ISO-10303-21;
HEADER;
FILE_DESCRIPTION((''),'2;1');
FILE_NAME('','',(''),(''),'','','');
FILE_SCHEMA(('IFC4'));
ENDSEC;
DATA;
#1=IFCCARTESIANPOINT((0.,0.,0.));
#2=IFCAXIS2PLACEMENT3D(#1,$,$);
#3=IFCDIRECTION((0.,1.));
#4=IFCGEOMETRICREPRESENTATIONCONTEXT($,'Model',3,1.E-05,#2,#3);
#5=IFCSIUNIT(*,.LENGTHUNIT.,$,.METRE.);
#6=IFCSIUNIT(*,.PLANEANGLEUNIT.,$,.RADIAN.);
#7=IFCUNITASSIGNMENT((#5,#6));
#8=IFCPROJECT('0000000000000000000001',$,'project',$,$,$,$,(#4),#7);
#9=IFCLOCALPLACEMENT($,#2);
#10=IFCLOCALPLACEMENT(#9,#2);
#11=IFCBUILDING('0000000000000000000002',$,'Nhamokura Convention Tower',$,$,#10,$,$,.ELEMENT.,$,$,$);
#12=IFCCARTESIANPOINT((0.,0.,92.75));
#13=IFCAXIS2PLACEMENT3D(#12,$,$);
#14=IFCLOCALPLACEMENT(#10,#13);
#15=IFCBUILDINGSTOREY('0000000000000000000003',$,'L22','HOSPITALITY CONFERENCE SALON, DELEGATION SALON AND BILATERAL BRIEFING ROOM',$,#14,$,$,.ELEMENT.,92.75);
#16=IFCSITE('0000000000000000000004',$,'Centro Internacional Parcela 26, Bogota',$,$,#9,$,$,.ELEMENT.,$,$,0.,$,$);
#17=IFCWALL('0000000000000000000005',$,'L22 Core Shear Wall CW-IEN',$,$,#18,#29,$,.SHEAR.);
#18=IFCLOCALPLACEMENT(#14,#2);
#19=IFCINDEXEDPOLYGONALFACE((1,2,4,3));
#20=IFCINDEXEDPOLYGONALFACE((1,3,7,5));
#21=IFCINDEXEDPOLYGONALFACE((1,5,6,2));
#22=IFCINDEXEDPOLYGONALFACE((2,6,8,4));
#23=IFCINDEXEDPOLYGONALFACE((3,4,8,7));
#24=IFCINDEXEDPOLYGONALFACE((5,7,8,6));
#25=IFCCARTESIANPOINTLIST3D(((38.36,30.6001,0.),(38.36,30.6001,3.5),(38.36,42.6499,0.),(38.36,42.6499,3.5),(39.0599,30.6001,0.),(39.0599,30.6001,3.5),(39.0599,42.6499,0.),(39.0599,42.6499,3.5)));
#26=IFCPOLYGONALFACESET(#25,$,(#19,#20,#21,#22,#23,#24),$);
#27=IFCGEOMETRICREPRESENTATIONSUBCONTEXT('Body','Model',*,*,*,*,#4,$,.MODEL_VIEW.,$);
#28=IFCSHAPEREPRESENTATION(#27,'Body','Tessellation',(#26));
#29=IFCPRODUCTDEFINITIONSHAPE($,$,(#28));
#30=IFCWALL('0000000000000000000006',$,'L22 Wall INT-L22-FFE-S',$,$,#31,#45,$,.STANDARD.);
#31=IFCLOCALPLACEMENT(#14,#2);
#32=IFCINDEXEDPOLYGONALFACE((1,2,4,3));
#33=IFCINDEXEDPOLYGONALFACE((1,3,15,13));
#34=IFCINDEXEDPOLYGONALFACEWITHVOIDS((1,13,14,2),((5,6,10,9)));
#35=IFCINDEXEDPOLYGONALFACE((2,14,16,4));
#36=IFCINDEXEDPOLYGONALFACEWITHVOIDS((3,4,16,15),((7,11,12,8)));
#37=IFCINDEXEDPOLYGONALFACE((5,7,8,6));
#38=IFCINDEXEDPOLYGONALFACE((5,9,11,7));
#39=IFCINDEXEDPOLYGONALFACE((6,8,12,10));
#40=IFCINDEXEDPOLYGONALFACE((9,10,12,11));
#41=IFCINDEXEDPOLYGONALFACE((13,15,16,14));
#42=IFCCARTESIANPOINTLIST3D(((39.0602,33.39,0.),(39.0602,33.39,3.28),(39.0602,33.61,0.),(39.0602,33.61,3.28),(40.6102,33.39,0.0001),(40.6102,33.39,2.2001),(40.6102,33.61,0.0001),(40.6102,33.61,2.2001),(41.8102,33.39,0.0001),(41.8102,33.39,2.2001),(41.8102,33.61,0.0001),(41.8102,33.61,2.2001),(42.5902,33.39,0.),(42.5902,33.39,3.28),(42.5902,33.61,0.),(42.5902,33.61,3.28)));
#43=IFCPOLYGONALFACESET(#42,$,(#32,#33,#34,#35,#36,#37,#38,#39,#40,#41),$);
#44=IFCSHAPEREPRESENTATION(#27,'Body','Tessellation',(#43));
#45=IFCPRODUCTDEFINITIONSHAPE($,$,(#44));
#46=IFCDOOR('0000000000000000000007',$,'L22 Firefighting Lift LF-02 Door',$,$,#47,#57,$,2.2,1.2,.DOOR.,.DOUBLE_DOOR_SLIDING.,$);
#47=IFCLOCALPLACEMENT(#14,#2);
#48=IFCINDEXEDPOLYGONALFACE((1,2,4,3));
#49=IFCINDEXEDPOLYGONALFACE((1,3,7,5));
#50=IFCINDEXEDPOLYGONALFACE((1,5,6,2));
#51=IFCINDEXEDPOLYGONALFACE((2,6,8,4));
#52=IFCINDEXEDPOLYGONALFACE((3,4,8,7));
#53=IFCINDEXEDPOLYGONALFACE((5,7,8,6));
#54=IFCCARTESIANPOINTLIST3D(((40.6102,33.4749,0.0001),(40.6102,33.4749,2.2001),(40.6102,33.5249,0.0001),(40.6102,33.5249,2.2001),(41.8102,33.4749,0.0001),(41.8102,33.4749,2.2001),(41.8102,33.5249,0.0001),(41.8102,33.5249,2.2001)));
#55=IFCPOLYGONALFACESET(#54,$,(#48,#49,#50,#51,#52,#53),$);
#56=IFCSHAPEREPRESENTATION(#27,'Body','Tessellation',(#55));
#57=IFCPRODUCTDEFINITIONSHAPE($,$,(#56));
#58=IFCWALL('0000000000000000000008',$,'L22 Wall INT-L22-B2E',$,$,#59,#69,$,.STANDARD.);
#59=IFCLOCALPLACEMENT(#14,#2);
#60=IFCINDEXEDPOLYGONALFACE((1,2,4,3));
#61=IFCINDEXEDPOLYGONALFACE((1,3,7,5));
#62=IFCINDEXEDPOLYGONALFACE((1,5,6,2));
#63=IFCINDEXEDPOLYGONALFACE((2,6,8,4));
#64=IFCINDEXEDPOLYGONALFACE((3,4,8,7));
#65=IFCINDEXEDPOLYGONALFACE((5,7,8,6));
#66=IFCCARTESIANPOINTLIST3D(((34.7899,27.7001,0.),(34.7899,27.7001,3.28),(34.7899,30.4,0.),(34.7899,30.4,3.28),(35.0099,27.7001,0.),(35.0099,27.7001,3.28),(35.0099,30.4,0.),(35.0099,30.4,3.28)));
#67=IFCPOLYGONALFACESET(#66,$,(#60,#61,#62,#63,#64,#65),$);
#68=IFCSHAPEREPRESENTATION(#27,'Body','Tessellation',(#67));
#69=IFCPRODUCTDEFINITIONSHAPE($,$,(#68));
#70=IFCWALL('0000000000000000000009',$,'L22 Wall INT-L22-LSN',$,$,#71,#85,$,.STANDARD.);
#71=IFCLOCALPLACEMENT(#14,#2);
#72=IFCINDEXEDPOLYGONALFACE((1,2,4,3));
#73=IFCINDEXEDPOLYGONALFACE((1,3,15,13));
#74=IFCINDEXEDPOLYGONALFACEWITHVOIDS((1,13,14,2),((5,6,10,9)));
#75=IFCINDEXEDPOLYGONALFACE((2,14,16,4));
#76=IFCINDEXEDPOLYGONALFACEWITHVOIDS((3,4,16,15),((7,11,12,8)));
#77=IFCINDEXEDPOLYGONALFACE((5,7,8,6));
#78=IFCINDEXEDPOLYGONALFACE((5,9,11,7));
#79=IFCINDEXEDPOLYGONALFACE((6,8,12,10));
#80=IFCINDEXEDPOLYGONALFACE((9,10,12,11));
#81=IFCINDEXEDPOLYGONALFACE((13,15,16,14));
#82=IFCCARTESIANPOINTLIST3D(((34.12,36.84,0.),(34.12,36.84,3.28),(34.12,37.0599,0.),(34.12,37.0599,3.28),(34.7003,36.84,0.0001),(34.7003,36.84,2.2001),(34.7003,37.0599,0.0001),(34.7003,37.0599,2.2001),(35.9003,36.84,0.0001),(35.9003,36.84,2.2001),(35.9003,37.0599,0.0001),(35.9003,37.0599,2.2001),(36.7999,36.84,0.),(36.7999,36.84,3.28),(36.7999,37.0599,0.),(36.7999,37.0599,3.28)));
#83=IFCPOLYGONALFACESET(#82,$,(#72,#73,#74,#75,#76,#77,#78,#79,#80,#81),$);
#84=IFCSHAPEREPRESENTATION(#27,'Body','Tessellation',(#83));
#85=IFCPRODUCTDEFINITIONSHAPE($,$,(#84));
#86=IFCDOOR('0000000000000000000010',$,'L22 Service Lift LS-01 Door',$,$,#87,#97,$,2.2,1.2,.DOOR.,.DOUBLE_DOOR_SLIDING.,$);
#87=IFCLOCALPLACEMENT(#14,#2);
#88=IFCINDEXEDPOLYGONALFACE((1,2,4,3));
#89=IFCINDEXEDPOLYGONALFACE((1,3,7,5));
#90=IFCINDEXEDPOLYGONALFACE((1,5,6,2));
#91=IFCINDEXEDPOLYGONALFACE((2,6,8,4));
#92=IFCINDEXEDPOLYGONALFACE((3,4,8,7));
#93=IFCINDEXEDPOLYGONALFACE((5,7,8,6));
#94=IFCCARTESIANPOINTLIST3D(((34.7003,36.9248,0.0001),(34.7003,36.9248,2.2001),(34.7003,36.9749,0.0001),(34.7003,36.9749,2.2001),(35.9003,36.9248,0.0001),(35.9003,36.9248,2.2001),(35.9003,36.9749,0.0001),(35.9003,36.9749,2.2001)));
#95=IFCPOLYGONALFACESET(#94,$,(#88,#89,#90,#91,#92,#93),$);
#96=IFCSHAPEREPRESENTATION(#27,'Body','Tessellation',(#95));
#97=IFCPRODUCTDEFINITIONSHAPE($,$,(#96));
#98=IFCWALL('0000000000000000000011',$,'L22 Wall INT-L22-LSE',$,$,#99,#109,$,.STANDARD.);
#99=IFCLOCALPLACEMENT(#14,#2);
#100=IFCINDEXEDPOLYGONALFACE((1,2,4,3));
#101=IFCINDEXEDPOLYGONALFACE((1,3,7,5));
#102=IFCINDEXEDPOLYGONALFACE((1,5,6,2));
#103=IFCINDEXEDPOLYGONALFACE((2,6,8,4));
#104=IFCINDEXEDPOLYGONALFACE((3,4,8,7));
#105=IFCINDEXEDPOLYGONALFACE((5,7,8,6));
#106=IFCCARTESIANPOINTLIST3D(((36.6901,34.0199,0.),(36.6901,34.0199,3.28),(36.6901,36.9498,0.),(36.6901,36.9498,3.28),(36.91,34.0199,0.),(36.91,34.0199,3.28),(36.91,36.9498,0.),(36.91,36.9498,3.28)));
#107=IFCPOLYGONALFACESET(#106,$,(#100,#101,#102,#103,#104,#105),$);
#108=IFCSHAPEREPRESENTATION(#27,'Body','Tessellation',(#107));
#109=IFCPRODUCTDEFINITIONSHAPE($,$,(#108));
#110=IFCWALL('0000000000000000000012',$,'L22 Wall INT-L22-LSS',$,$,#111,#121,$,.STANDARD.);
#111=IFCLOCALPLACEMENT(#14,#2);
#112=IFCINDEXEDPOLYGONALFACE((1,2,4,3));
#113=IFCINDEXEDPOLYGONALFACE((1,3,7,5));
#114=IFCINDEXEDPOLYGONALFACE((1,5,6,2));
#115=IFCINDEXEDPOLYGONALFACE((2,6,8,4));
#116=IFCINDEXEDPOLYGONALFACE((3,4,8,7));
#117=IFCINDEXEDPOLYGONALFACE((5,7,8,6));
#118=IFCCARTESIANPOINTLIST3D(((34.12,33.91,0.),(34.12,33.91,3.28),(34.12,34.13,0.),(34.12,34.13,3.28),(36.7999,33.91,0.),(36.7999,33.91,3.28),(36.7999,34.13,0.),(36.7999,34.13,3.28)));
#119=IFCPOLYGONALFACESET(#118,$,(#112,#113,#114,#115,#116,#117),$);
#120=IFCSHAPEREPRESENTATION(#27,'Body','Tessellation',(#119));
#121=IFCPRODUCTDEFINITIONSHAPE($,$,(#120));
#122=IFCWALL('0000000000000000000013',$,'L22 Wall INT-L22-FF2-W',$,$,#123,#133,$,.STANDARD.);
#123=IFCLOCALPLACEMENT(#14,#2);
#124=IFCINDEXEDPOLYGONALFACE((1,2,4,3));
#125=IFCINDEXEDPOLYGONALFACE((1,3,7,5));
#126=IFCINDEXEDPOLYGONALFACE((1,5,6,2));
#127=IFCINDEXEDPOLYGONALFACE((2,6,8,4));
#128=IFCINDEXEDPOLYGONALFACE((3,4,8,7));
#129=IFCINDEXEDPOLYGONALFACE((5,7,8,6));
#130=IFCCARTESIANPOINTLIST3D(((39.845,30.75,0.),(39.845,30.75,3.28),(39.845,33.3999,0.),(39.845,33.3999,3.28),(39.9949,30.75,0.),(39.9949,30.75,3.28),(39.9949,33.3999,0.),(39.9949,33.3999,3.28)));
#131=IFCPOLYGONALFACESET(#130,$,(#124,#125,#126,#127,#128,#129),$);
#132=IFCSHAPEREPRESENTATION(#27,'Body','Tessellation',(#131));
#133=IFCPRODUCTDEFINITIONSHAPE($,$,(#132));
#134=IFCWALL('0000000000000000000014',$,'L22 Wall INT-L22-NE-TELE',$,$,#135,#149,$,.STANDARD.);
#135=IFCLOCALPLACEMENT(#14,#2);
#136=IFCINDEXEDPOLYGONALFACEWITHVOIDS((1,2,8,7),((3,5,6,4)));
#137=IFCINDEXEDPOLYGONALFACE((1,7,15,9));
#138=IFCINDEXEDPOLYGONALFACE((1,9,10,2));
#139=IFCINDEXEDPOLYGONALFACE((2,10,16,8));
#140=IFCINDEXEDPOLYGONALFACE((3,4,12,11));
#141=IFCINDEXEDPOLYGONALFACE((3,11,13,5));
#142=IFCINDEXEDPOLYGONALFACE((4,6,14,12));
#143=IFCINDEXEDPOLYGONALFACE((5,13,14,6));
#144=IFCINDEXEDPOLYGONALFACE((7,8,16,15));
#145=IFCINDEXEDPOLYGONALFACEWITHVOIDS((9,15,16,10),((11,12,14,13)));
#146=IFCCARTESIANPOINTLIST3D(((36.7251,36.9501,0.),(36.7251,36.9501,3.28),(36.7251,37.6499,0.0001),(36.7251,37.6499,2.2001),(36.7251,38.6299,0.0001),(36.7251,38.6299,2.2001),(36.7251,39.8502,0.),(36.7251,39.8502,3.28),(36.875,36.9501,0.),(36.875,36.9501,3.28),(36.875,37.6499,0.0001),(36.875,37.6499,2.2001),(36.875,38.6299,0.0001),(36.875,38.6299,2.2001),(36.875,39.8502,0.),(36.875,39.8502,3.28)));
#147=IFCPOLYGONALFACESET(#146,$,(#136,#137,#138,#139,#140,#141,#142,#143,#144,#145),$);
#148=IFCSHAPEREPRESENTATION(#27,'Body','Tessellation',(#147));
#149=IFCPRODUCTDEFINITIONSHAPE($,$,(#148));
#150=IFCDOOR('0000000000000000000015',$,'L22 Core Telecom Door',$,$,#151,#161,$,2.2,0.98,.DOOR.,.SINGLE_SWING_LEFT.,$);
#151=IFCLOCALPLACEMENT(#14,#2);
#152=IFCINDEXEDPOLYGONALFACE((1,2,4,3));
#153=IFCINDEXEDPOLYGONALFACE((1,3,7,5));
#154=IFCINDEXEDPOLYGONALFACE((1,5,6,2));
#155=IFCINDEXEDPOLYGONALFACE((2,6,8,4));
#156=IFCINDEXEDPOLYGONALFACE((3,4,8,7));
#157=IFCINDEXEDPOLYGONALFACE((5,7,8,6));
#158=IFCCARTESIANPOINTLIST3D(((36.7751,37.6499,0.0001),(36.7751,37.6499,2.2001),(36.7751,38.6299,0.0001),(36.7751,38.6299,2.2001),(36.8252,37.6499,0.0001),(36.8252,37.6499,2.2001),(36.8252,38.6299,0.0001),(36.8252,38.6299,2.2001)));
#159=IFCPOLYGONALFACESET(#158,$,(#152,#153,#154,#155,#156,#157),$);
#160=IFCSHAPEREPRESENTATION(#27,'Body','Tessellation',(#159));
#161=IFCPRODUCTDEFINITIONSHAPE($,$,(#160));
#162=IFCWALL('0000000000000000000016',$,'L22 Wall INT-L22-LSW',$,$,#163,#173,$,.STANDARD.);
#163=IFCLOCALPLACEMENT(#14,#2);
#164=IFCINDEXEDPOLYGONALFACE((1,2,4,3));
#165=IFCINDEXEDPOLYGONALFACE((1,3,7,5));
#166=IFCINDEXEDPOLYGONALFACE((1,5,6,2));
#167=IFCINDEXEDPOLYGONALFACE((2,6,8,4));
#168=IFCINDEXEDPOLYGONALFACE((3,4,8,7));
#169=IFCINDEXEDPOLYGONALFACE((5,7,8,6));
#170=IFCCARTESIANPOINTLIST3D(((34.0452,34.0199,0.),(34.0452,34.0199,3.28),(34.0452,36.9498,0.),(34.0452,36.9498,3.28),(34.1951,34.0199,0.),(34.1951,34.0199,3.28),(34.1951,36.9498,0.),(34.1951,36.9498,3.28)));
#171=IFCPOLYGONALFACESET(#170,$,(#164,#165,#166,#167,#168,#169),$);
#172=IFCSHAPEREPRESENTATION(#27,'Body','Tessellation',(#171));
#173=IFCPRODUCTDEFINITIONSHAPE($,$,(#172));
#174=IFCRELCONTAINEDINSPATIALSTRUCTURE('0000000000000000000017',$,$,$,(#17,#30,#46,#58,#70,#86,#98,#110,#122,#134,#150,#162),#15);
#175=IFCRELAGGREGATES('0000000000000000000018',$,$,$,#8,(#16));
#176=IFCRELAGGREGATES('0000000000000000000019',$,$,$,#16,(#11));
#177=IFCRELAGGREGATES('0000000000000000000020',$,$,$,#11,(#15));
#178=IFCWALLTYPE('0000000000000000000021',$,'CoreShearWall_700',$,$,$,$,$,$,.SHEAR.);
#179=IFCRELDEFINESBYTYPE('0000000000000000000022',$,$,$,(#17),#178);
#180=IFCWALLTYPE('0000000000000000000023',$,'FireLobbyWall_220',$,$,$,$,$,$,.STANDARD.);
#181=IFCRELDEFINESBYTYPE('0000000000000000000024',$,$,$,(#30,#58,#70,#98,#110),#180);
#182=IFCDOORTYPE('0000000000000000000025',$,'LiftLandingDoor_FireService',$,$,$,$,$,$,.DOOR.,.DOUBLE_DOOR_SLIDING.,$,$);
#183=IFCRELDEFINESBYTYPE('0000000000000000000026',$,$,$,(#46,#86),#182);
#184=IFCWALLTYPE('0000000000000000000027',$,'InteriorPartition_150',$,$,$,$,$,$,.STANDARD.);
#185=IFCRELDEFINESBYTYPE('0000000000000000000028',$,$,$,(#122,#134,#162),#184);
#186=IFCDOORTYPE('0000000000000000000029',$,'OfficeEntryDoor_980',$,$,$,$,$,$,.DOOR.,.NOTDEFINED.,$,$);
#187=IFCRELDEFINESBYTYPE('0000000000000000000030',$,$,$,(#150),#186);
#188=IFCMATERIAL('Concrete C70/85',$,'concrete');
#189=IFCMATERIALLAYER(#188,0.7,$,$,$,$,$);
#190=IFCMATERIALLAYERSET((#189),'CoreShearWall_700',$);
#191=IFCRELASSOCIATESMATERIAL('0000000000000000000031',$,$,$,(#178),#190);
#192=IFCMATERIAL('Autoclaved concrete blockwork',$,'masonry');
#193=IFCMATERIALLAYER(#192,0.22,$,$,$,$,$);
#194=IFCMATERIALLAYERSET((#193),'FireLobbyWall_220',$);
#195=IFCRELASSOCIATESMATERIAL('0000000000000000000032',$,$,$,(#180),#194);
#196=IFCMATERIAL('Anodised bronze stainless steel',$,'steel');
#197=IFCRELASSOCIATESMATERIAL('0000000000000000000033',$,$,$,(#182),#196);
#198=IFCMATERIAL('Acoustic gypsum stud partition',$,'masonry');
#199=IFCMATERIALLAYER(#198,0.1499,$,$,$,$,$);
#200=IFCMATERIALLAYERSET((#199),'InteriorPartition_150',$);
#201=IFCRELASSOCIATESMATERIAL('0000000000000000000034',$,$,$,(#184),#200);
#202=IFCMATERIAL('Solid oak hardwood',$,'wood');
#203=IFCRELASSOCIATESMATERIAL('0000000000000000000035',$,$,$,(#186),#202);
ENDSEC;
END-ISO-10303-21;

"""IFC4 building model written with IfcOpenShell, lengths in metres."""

from ifc_helpers import new_model, si_unit, direction, frame, frame_2d, origin, place, context, subcontext, project, spatial, rectangle, extrude, material, layer, layer_set, type_object, element, fill, save


model = new_model("IFC4")

# Units and contexts
model_context = context("Model", 3, precision=1e-05, world=origin(), true_north=direction((0.0, 1.0)))
body_context = subcontext(model_context, "Body", "Model", "MODEL_VIEW")
ifc_project = project(units=[si_unit("LENGTHUNIT", "METRE"), si_unit("PLANEANGLEUNIT", "RADIAN")], contexts=[model_context])

# Site, building, storey
site_placement = place(None, origin())
site = spatial("IfcSite", under=ifc_project, at=site_placement, Name="Centro Internacional Parcela 26, Bogota", CompositionType="ELEMENT", RefElevation=0.0)
building_placement = place(site_placement, origin())
building = spatial("IfcBuilding", under=site, at=building_placement, Name="Nhamokura Convention Tower", CompositionType="ELEMENT")
storey_placement = place(building_placement, frame((0.0, 0.0, 92.75)))
storey = spatial("IfcBuildingStorey", under=building, at=storey_placement, Name="L22", Description="HOSPITALITY CONFERENCE SALON, DELEGATION SALON AND BILATERAL BRIEFING ROOM", CompositionType="ELEMENT", Elevation=92.75)

# Wall
ifc_material_1 = material(Name="Concrete C70/85", Category="concrete")
ifc_layer_1 = layer(ifc_material_1, 0.7)
ifc_layer_set_1 = layer_set([ifc_layer_1], Name="CoreShearWall_700")
wall_type_1 = type_object("IfcWallType", Name="CoreShearWall_700", PredefinedType="SHEAR", material=ifc_layer_set_1)
wall_1_placement = place(storey_placement, frame((38.71, 30.6001, 0.0), z_axis=(0.0, 0.0, 1.0), x_axis=(0.0, 1.0, 0.0)))
element("IfcWall", 1, at=wall_1_placement, inside=storey, type_object=wall_type_1, Name="L22 Core Shear Wall CW-IEN", PredefinedType="SHEAR", context=body_context, shape_type="SweptSolid", body=[
    extrude(rectangle(XDim=12.0498, YDim=0.7, at=frame_2d((6.0249, 0.0))), origin(), (0.0, 0.0, 1.0), 3.5),
])

# Wall, opening, door
ifc_material_2 = material(Name="Autoclaved concrete blockwork", Category="masonry")
ifc_layer_2 = layer(ifc_material_2, 0.22)
ifc_layer_set_2 = layer_set([ifc_layer_2], Name="FireLobbyWall_220")
wall_type_2 = type_object("IfcWallType", Name="FireLobbyWall_220", PredefinedType="STANDARD", material=ifc_layer_set_2)
wall_2_placement = place(storey_placement, frame((39.0601, 33.5, 0.0), z_axis=(0.0, 0.0, 1.0), x_axis=(1.0, 0.0, 0.0)))
wall_2 = element("IfcWall", 2, at=wall_2_placement, inside=storey, type_object=wall_type_2, Name="L22 Wall INT-L22-FFE-S", PredefinedType="STANDARD", context=body_context, shape_type="SweptSolid", body=[
    extrude(rectangle(XDim=3.53, YDim=0.22, at=frame_2d((1.7651, 0.0))), origin(), (0.0, 0.0, 1.0), 3.28),
])
opening_1_placement = place(wall_2_placement, frame((1.55, 0.0, 0.0)))
opening_1 = element("IfcOpeningElement", 3, at=opening_1_placement, cuts=wall_2, PredefinedType="OPENING", context=body_context, shape_type="SweptSolid", body=[
    extrude(rectangle(XDim=1.2, YDim=2.2, at=frame_2d((0.6001, 1.1001))), frame((0.0, 0.1199, 0.0), z_axis=(0.0, -1.0, 0.0), x_axis=(1.0, 0.0, 0.0)), (0.0, 0.0, 1.0), 0.24),
])
ifc_material_3 = material(Name="Anodised bronze stainless steel", Category="steel")
door_type_1 = type_object("IfcDoorType", Name="LiftLandingDoor_FireService", OperationType="DOUBLE_DOOR_SLIDING", PredefinedType="DOOR", material=ifc_material_3)
door_1_placement = place(opening_1_placement, origin())
door_1 = element("IfcDoor", 4, at=door_1_placement, inside=storey, type_object=door_type_1, Name="L22 Firefighting Lift LF-02 Door", OperationType="DOUBLE_DOOR_SLIDING", OverallHeight=2.2, OverallWidth=1.2, PredefinedType="DOOR", context=body_context, shape_type="SweptSolid", body=[
    extrude(rectangle(XDim=1.2, YDim=2.2, at=frame_2d((0.6001, 1.1001))), frame((0.0, 0.0249, 0.0), z_axis=(0.0, -1.0, 0.0), x_axis=(1.0, 0.0, 0.0)), (0.0, 0.0, 1.0), 0.05),
])
fill(opening_1, door_1)

# Wall
wall_3_placement = place(storey_placement, frame((34.8999, 27.7, 0.0), z_axis=(0.0, 0.0, 1.0), x_axis=(0.0, 1.0, 0.0)))
element("IfcWall", 5, at=wall_3_placement, inside=storey, type_object=wall_type_2, Name="L22 Wall INT-L22-B2E", PredefinedType="STANDARD", context=body_context, shape_type="SweptSolid", body=[
    extrude(rectangle(XDim=2.7, YDim=0.22, at=frame_2d((1.3501, 0.0))), origin(), (0.0, 0.0, 1.0), 3.28),
])

# Wall, opening, door
wall_4_placement = place(storey_placement, frame((34.1201, 36.95, 0.0), z_axis=(0.0, 0.0, 1.0), x_axis=(1.0, 0.0, 0.0)))
wall_4 = element("IfcWall", 6, at=wall_4_placement, inside=storey, type_object=wall_type_2, Name="L22 Wall INT-L22-LSN", PredefinedType="STANDARD", context=body_context, shape_type="SweptSolid", body=[
    extrude(rectangle(XDim=2.6799, YDim=0.22, at=frame_2d((1.3398, 0.0))), origin(), (0.0, 0.0, 1.0), 3.28),
])
opening_2_placement = place(wall_4_placement, frame((0.5801, 0.0, 0.0)))
opening_2 = element("IfcOpeningElement", 7, at=opening_2_placement, cuts=wall_4, PredefinedType="OPENING", context=body_context, shape_type="SweptSolid", body=[
    extrude(rectangle(XDim=1.2, YDim=2.2, at=frame_2d((0.6001, 1.1001))), frame((0.0, 0.1199, 0.0), z_axis=(0.0, -1.0, 0.0), x_axis=(1.0, 0.0, 0.0)), (0.0, 0.0, 1.0), 0.24),
])
door_2_placement = place(opening_2_placement, origin())
door_2 = element("IfcDoor", 8, at=door_2_placement, inside=storey, type_object=door_type_1, Name="L22 Service Lift LS-01 Door", OperationType="DOUBLE_DOOR_SLIDING", OverallHeight=2.2, OverallWidth=1.2, PredefinedType="DOOR", context=body_context, shape_type="SweptSolid", body=[
    extrude(rectangle(XDim=1.2, YDim=2.2, at=frame_2d((0.6001, 1.1001))), frame((0.0, 0.0249, 0.0), z_axis=(0.0, -1.0, 0.0), x_axis=(1.0, 0.0, 0.0)), (0.0, 0.0, 1.0), 0.05),
])
fill(opening_2, door_2)

# Walls
wall_5_placement = place(storey_placement, frame((36.8, 34.02, 0.0), z_axis=(0.0, 0.0, 1.0), x_axis=(0.0, 1.0, 0.0)))
element("IfcWall", 9, at=wall_5_placement, inside=storey, type_object=wall_type_2, Name="L22 Wall INT-L22-LSE", PredefinedType="STANDARD", context=body_context, shape_type="SweptSolid", body=[
    extrude(rectangle(XDim=2.9299, YDim=0.22, at=frame_2d((1.4648, 0.0))), origin(), (0.0, 0.0, 1.0), 3.28),
])
wall_6_placement = place(storey_placement, frame((34.1201, 34.02, 0.0), z_axis=(0.0, 0.0, 1.0), x_axis=(1.0, 0.0, 0.0)))
element("IfcWall", 10, at=wall_6_placement, inside=storey, type_object=wall_type_2, Name="L22 Wall INT-L22-LSS", PredefinedType="STANDARD", context=body_context, shape_type="SweptSolid", body=[
    extrude(rectangle(XDim=2.6799, YDim=0.22, at=frame_2d((1.3398, 0.0))), origin(), (0.0, 0.0, 1.0), 3.28),
])
ifc_material_4 = material(Name="Acoustic gypsum stud partition", Category="masonry")
ifc_layer_3 = layer(ifc_material_4, 0.1499)
ifc_layer_set_3 = layer_set([ifc_layer_3], Name="InteriorPartition_150")
wall_type_3 = type_object("IfcWallType", Name="InteriorPartition_150", PredefinedType="STANDARD", material=ifc_layer_set_3)
wall_7_placement = place(storey_placement, frame((39.9199, 30.75, 0.0), z_axis=(0.0, 0.0, 1.0), x_axis=(0.0, 1.0, 0.0)))
element("IfcWall", 11, at=wall_7_placement, inside=storey, type_object=wall_type_3, Name="L22 Wall INT-L22-FF2-W", PredefinedType="STANDARD", context=body_context, shape_type="SweptSolid", body=[
    extrude(rectangle(XDim=2.6499, YDim=0.1499, at=frame_2d((1.325, 0.0))), origin(), (0.0, 0.0, 1.0), 3.28),
])

# Wall, opening, door
wall_8_placement = place(storey_placement, frame((36.8, 36.95, 0.0), z_axis=(0.0, 0.0, 1.0), x_axis=(0.0, 1.0, 0.0)))
wall_8 = element("IfcWall", 12, at=wall_8_placement, inside=storey, type_object=wall_type_3, Name="L22 Wall INT-L22-NE-TELE", PredefinedType="STANDARD", context=body_context, shape_type="SweptSolid", body=[
    extrude(rectangle(XDim=2.9001, YDim=0.1499, at=frame_2d((1.4502, 0.0))), origin(), (0.0, 0.0, 1.0), 3.28),
])
opening_3_placement = place(wall_8_placement, frame((0.7, 0.0, 0.0)))
opening_3 = element("IfcOpeningElement", 13, at=opening_3_placement, cuts=wall_8, PredefinedType="OPENING", context=body_context, shape_type="SweptSolid", body=[
    extrude(rectangle(XDim=0.98, YDim=2.2, at=frame_2d((0.49, 1.1001))), frame((0.0, 0.085, 0.0), z_axis=(0.0, -1.0, 0.0), x_axis=(1.0, 0.0, 0.0)), (0.0, 0.0, 1.0), 0.1699),
])
ifc_material_5 = material(Name="Solid oak hardwood", Category="wood")
door_type_2 = type_object("IfcDoorType", Name="OfficeEntryDoor_980", OperationType="NOTDEFINED", PredefinedType="DOOR", material=ifc_material_5)
door_3_placement = place(opening_3_placement, origin())
door_3 = element("IfcDoor", 14, at=door_3_placement, inside=storey, type_object=door_type_2, Name="L22 Core Telecom Door", OperationType="SINGLE_SWING_LEFT", OverallHeight=2.2, OverallWidth=0.98, PredefinedType="DOOR", context=body_context, shape_type="SweptSolid", body=[
    extrude(rectangle(XDim=0.98, YDim=2.2, at=frame_2d((0.49, 1.1001))), frame((0.0, 0.0249, 0.0), z_axis=(0.0, -1.0, 0.0), x_axis=(1.0, 0.0, 0.0)), (0.0, 0.0, 1.0), 0.05),
])
fill(opening_3, door_3)

# Wall
wall_9_placement = place(storey_placement, frame((34.1201, 34.02, 0.0), z_axis=(0.0, 0.0, 1.0), x_axis=(0.0, 1.0, 0.0)))
element("IfcWall", 15, at=wall_9_placement, inside=storey, type_object=wall_type_3, Name="L22 Wall INT-L22-LSW", PredefinedType="STANDARD", context=body_context, shape_type="SweptSolid", body=[
    extrude(rectangle(XDim=2.9299, YDim=0.1499, at=frame_2d((1.4648, 0.0))), origin(), (0.0, 0.0, 1.0), 3.28),
])

save(model, "model.ifc")
